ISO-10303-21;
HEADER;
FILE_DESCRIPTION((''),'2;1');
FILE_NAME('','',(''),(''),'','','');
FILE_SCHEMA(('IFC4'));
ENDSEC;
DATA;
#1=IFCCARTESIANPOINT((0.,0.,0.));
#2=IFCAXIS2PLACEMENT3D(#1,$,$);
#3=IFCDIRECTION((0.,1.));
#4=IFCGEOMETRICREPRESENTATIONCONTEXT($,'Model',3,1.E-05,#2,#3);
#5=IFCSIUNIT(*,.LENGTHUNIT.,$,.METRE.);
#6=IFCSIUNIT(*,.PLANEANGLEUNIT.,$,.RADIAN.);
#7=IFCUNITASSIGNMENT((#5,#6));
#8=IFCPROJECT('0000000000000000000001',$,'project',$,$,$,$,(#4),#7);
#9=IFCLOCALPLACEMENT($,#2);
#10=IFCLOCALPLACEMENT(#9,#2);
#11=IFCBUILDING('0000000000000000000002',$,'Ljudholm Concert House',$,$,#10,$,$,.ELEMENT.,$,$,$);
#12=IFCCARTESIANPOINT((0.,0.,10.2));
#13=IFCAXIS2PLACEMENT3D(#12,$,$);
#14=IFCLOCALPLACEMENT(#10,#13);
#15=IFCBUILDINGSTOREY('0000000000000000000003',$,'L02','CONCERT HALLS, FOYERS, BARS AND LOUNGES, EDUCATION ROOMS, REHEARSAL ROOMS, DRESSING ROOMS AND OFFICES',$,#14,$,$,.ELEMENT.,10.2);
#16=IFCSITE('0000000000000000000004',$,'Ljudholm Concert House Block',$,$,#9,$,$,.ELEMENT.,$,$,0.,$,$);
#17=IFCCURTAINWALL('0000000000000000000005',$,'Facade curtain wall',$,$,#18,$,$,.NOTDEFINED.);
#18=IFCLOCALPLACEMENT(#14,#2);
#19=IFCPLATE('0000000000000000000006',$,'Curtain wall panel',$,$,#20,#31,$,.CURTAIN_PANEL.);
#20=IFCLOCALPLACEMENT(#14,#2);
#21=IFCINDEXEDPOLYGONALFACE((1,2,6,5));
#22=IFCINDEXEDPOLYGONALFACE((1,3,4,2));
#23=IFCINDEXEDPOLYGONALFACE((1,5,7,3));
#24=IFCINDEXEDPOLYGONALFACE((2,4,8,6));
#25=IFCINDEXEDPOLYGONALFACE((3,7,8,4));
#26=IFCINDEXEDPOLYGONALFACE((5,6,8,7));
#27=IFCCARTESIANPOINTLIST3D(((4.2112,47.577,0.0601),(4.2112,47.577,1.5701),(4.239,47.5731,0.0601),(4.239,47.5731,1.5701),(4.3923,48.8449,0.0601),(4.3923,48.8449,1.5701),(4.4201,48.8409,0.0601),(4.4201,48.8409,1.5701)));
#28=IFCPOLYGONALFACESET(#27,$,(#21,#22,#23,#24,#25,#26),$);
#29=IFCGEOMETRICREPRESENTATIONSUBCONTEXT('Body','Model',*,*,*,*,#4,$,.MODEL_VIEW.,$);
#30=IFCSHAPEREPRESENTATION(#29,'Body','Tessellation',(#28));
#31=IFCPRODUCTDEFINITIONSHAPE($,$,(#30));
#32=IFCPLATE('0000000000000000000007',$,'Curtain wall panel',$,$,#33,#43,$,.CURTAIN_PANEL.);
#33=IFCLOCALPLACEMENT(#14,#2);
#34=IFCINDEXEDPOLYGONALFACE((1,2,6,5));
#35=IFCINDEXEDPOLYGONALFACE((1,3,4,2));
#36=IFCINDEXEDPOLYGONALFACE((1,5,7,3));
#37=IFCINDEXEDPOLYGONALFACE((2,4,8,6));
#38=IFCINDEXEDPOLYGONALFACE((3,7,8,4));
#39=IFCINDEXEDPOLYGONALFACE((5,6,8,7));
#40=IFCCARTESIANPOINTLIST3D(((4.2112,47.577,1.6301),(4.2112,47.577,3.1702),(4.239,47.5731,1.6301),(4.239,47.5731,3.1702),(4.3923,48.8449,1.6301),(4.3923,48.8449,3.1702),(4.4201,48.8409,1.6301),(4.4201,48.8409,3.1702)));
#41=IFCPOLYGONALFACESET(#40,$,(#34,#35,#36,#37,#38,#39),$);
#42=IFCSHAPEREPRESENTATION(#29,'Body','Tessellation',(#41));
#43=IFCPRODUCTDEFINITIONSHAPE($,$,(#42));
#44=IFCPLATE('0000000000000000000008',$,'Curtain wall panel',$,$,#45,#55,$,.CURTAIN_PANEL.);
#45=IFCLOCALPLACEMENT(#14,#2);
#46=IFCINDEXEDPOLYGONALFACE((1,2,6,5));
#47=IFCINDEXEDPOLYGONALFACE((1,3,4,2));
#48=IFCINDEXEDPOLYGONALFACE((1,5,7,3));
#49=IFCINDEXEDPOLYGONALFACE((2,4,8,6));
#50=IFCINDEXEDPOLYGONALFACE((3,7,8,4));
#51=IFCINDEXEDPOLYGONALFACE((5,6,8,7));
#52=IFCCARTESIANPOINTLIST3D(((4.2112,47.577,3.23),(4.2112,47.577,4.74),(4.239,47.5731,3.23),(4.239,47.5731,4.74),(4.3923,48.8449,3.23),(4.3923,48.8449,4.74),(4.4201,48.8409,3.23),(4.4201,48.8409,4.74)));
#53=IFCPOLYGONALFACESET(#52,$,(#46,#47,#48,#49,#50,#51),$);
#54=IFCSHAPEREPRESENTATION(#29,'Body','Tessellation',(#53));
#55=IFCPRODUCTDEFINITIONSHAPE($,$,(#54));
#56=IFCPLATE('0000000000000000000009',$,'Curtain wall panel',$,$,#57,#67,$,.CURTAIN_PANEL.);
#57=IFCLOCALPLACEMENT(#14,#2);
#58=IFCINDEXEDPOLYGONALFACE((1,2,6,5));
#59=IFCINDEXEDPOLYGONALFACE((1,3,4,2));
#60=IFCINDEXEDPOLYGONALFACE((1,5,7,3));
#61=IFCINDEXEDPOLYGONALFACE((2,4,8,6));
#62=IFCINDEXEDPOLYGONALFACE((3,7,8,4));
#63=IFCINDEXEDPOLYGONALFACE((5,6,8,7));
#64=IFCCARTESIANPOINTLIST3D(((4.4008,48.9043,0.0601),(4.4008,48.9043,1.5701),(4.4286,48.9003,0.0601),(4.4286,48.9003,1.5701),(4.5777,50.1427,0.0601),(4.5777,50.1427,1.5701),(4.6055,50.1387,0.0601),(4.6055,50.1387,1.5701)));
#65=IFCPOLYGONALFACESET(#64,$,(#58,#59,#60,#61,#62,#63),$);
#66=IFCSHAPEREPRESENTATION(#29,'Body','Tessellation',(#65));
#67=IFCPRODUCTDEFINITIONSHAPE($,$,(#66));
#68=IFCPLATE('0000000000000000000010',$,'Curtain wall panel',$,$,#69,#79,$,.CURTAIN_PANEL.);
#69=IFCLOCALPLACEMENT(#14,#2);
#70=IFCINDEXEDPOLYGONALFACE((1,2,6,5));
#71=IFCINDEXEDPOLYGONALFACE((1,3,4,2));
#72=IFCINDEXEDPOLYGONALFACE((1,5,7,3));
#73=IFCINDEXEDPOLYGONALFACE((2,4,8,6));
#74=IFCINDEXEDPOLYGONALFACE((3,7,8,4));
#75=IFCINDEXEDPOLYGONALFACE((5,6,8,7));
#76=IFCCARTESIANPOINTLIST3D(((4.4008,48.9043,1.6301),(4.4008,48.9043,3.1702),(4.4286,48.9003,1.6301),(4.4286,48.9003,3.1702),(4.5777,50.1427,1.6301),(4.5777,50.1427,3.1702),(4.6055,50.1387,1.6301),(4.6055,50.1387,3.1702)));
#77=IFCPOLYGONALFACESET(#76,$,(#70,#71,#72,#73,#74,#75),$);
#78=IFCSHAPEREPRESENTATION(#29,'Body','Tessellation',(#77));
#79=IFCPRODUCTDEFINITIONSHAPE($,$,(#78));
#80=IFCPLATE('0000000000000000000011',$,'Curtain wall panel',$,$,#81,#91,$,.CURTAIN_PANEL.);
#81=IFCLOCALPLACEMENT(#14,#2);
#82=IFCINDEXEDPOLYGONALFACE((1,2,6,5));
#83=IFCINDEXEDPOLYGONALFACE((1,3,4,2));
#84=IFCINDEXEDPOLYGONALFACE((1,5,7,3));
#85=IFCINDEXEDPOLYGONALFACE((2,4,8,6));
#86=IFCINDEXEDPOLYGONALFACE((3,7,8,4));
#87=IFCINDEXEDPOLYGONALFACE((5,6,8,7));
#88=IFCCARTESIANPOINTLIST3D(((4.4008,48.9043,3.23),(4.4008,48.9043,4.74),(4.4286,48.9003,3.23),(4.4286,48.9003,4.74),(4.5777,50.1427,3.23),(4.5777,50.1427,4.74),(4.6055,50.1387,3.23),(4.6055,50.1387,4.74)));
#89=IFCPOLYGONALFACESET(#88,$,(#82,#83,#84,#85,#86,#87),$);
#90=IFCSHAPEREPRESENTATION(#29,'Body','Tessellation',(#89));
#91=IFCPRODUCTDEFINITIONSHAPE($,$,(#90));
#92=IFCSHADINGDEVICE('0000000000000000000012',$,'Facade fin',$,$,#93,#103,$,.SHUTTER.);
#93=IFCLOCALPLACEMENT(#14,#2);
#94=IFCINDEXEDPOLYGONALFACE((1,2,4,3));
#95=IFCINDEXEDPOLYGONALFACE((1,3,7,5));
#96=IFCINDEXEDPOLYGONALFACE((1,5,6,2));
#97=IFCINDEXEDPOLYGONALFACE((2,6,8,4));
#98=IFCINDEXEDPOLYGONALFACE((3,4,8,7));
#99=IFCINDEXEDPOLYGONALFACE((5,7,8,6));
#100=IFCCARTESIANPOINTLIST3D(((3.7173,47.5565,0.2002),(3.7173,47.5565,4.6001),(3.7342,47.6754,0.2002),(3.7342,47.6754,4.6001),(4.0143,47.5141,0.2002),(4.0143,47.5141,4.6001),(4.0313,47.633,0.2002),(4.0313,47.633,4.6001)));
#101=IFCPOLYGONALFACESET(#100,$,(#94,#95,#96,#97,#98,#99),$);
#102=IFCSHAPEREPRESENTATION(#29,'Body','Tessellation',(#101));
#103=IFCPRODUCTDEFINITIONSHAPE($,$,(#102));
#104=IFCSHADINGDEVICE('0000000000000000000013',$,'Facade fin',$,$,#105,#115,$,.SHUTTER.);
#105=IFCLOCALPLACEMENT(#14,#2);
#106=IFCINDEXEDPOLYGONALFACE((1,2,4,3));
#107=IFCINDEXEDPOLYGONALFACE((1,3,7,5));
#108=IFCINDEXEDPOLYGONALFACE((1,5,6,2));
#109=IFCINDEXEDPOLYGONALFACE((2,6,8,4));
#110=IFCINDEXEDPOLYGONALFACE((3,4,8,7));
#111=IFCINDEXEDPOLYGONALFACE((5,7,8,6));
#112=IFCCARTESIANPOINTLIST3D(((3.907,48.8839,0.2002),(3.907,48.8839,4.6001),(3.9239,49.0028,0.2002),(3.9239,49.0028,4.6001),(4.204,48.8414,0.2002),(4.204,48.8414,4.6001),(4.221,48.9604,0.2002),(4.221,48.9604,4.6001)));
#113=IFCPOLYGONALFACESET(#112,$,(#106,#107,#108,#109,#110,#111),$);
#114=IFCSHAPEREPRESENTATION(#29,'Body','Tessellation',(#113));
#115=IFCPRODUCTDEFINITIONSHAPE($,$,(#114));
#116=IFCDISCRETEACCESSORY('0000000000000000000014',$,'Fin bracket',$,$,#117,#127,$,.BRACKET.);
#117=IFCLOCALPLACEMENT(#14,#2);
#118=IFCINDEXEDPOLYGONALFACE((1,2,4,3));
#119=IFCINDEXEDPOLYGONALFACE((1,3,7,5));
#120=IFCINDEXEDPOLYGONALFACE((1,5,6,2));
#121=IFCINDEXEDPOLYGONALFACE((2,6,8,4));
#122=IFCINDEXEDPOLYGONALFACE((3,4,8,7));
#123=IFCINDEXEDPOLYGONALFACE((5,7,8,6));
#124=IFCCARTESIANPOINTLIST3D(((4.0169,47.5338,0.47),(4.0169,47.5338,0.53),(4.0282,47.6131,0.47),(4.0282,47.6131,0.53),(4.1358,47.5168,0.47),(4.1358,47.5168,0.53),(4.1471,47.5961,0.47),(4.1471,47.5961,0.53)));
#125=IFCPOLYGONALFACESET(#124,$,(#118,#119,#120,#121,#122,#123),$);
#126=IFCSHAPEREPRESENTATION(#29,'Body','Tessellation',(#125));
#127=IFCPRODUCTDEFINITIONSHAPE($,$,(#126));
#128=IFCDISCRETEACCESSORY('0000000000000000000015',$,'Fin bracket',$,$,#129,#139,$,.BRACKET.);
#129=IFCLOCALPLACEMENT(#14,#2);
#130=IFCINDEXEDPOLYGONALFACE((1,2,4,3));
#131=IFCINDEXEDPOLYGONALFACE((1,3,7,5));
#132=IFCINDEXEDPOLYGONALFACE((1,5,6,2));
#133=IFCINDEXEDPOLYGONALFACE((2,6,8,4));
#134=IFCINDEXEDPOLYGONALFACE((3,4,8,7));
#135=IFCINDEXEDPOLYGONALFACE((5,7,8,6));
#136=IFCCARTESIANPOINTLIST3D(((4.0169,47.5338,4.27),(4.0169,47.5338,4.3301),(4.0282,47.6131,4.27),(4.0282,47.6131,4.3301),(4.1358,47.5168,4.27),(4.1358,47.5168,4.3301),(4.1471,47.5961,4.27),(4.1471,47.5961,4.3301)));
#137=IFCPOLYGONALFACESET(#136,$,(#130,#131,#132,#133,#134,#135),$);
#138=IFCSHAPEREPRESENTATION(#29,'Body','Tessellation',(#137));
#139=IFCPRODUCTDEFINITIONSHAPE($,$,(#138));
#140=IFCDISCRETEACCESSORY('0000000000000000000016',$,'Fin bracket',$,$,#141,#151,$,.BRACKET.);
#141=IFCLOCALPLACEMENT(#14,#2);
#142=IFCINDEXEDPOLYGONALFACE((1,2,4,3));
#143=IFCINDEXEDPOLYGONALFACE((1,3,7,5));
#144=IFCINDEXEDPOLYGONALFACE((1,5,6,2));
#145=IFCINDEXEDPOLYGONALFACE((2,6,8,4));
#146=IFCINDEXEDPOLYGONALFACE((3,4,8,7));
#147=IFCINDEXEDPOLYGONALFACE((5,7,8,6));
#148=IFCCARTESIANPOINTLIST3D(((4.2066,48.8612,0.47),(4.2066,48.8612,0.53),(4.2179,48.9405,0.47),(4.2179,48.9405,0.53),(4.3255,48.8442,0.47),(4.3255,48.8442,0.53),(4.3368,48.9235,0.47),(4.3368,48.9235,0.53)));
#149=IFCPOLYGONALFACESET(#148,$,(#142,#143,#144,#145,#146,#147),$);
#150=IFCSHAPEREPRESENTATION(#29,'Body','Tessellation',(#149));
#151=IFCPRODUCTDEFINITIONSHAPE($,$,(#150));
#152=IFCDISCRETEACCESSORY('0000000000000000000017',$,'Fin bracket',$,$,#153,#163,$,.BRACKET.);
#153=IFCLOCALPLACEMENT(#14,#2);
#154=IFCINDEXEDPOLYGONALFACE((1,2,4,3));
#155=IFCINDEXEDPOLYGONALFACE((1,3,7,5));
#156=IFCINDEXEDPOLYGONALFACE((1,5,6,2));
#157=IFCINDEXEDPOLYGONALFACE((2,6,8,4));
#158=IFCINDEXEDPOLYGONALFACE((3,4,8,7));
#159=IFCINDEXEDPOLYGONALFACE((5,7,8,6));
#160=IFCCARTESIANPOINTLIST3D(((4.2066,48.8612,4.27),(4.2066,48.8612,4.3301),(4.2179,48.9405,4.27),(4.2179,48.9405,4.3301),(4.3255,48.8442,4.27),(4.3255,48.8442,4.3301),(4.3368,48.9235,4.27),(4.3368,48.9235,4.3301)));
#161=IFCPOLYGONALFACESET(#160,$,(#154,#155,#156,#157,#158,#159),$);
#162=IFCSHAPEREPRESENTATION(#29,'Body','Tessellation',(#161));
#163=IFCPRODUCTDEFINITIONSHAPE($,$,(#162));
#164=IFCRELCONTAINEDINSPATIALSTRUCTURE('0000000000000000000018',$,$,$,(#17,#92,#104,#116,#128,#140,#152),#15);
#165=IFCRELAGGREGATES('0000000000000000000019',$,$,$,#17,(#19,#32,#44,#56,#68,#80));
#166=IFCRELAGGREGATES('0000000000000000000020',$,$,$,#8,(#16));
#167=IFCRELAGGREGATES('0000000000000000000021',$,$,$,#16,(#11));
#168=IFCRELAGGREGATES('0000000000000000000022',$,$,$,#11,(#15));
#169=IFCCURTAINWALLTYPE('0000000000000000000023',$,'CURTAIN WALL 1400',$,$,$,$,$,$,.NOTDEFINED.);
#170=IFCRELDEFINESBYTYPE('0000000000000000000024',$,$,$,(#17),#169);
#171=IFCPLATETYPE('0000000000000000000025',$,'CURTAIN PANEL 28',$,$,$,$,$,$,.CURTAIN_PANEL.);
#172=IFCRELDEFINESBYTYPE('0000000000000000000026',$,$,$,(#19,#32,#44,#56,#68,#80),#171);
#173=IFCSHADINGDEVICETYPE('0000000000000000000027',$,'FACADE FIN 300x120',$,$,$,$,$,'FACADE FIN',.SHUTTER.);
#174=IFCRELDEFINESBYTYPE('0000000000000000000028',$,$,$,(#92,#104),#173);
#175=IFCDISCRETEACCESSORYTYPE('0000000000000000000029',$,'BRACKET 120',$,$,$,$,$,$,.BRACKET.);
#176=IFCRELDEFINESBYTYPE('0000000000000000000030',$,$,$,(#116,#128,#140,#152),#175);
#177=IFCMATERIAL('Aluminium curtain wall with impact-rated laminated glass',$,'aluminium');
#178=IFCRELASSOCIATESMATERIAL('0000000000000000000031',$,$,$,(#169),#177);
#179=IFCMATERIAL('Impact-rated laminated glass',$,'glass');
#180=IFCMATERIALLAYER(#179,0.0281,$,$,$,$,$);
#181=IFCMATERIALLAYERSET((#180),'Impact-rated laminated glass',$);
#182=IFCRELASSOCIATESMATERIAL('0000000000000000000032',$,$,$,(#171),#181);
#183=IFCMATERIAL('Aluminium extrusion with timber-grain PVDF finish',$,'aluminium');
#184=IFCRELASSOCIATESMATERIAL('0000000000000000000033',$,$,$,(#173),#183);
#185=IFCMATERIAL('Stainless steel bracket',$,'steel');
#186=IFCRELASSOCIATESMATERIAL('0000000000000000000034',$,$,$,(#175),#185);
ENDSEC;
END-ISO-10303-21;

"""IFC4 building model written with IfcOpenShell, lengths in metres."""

from ifc_helpers import new_model, si_unit, direction, frame, origin, origin_2d, place, context, subcontext, project, spatial, rectangle, extrude, material, layer, layer_set, type_object, element, aggregate, save


model = new_model("IFC4")

# Units and contexts
model_context = context("Model", 3, precision=1e-05, world=origin(), true_north=direction((0.0, 1.0)))
body_context = subcontext(model_context, "Body", "Model", "MODEL_VIEW")
ifc_project = project(units=[si_unit("LENGTHUNIT", "METRE"), si_unit("PLANEANGLEUNIT", "RADIAN")], contexts=[model_context])

# Site, building, storey
site_placement = place(None, origin())
site = spatial("IfcSite", under=ifc_project, at=site_placement, Name="Ljudholm Concert House Block", CompositionType="ELEMENT", RefElevation=0.0)
building_placement = place(site_placement, origin())
building = spatial("IfcBuilding", under=site, at=building_placement, Name="Ljudholm Concert House", CompositionType="ELEMENT")
storey_placement = place(building_placement, frame((0.0, 0.0, 10.2)))
storey = spatial("IfcBuildingStorey", under=building, at=storey_placement, Name="L02", Description="CONCERT HALLS, FOYERS, BARS AND LOUNGES, EDUCATION ROOMS, REHEARSAL ROOMS, DRESSING ROOMS AND OFFICES", CompositionType="ELEMENT", Elevation=10.2)

# Curtain wall, plates
ifc_material_1 = material(Name="Aluminium curtain wall with impact-rated laminated glass", Category="aluminium")
curtain_wall_type = type_object("IfcCurtainWallType", Name="CURTAIN WALL 1400", PredefinedType="NOTDEFINED", material=ifc_material_1)
curtain_wall_placement = place(storey_placement, origin())
curtain_wall = element("IfcCurtainWall", 1, at=curtain_wall_placement, inside=storey, type_object=curtain_wall_type, Name="Facade curtain wall", PredefinedType="NOTDEFINED")
ifc_material_2 = material(Name="Impact-rated laminated glass", Category="glass")
ifc_layer = layer(ifc_material_2, 0.0281)
ifc_layer_set = layer_set([ifc_layer], Name="Impact-rated laminated glass")
plate_type = type_object("IfcPlateType", Name="CURTAIN PANEL 28", PredefinedType="CURTAIN_PANEL", material=ifc_layer_set)
plate_1_placement = place(storey_placement, frame((4.3157, 48.209, 0.0601), z_axis=(0.0, 0.0, 1.0), x_axis=(0.141421, 0.989949, 0.0)))
plate_1 = element("IfcPlate", 2, at=plate_1_placement, type_object=plate_type, Name="Curtain wall panel", PredefinedType="CURTAIN_PANEL", context=body_context, shape_type="SweptSolid", body=[
    extrude(rectangle(XDim=1.2808, YDim=0.0281, at=origin_2d()), origin(), (0.0, 0.0, 1.0), 1.51),
])
plate_2_placement = place(storey_placement, frame((4.3157, 48.209, 1.6301), z_axis=(0.0, 0.0, 1.0), x_axis=(0.141421, 0.989949, 0.0)))
plate_2 = element("IfcPlate", 3, at=plate_2_placement, type_object=plate_type, Name="Curtain wall panel", PredefinedType="CURTAIN_PANEL", context=body_context, shape_type="SweptSolid", body=[
    extrude(rectangle(XDim=1.2808, YDim=0.0281, at=origin_2d()), origin(), (0.0, 0.0, 1.0), 1.54),
])
plate_3_placement = place(storey_placement, frame((4.3157, 48.209, 3.23), z_axis=(0.0, 0.0, 1.0), x_axis=(0.141421, 0.989949, 0.0)))
plate_3 = element("IfcPlate", 4, at=plate_3_placement, type_object=plate_type, Name="Curtain wall panel", PredefinedType="CURTAIN_PANEL", context=body_context, shape_type="SweptSolid", body=[
    extrude(rectangle(XDim=1.2808, YDim=0.0281, at=origin_2d()), origin(), (0.0, 0.0, 1.0), 1.51),
])
plate_4_placement = place(storey_placement, frame((4.5032, 49.5215, 0.0601), z_axis=(0.0, 0.0, 1.0), x_axis=(0.141421, 0.989949, 0.0)))
plate_4 = element("IfcPlate", 5, at=plate_4_placement, type_object=plate_type, Name="Curtain wall panel", PredefinedType="CURTAIN_PANEL", context=body_context, shape_type="SweptSolid", body=[
    extrude(rectangle(XDim=1.251, YDim=0.0281, at=origin_2d()), origin(), (0.0, 0.0, 1.0), 1.51),
])
plate_5_placement = place(storey_placement, frame((4.5032, 49.5215, 1.6301), z_axis=(0.0, 0.0, 1.0), x_axis=(0.141421, 0.989949, 0.0)))
plate_5 = element("IfcPlate", 6, at=plate_5_placement, type_object=plate_type, Name="Curtain wall panel", PredefinedType="CURTAIN_PANEL", context=body_context, shape_type="SweptSolid", body=[
    extrude(rectangle(XDim=1.251, YDim=0.0281, at=origin_2d()), origin(), (0.0, 0.0, 1.0), 1.54),
])
plate_6_placement = place(storey_placement, frame((4.5032, 49.5215, 3.23), z_axis=(0.0, 0.0, 1.0), x_axis=(0.141421, 0.989949, 0.0)))
plate_6 = element("IfcPlate", 7, at=plate_6_placement, type_object=plate_type, Name="Curtain wall panel", PredefinedType="CURTAIN_PANEL", context=body_context, shape_type="SweptSolid", body=[
    extrude(rectangle(XDim=1.251, YDim=0.0281, at=origin_2d()), origin(), (0.0, 0.0, 1.0), 1.51),
])
aggregate(curtain_wall, [plate_1, plate_2, plate_3, plate_4, plate_5, plate_6])

# Shading devices
ifc_material_3 = material(Name="Aluminium extrusion with timber-grain PVDF finish", Category="aluminium")
shading_device_type = type_object("IfcShadingDeviceType", Name="FACADE FIN 300x120", ElementType="FACADE FIN", PredefinedType="SHUTTER", material=ifc_material_3)
for number, where, z_axis, x_axis, name in (
    (8, (3.8743, 47.5947, 0.2002), (0.0, 0.0, 1.0), (-0.989949, 0.141421, 0.0), "Facade fin"),
    (9, (4.064, 48.9221, 0.2002), (0.0, 0.0, 1.0), (-0.989949, 0.141421, 0.0), "Facade fin"),
):
    element("IfcShadingDevice", number, at=place(storey_placement, frame(where, z_axis=z_axis, x_axis=x_axis)), inside=storey, type_object=shading_device_type, Name=name, PredefinedType="SHUTTER", context=body_context, shape_type="SweptSolid", body=[
        extrude(rectangle(XDim=0.3, YDim=0.1201, at=origin_2d()), origin(), (0.0, 0.0, 1.0), 4.3999),
    ])

# Discrete accessories
ifc_material_4 = material(Name="Stainless steel bracket", Category="steel")
discrete_accessory_type = type_object("IfcDiscreteAccessoryType", Name="BRACKET 120", PredefinedType="BRACKET", material=ifc_material_4)
for number, where, z_axis, x_axis, name in (
    (10, (4.082, 47.5649, 0.47), (0.0, 0.0, 1.0), (-0.989949, 0.141421, 0.0), "Fin bracket"),
    (11, (4.082, 47.5649, 4.27), (0.0, 0.0, 1.0), (-0.989949, 0.141421, 0.0), "Fin bracket"),
    (12, (4.2717, 48.8923, 0.47), (0.0, 0.0, 1.0), (-0.989949, 0.141421, 0.0), "Fin bracket"),
    (13, (4.2717, 48.8923, 4.27), (0.0, 0.0, 1.0), (-0.989949, 0.141421, 0.0), "Fin bracket"),
):
    element("IfcDiscreteAccessory", number, at=place(storey_placement, frame(where, z_axis=z_axis, x_axis=x_axis)), inside=storey, type_object=discrete_accessory_type, Name=name, PredefinedType="BRACKET", context=body_context, shape_type="SweptSolid", body=[
        extrude(rectangle(XDim=0.1201, YDim=0.0801, at=origin_2d()), origin(), (0.0, 0.0, 1.0), 0.0601),
    ])

save(model, "model.ifc")
